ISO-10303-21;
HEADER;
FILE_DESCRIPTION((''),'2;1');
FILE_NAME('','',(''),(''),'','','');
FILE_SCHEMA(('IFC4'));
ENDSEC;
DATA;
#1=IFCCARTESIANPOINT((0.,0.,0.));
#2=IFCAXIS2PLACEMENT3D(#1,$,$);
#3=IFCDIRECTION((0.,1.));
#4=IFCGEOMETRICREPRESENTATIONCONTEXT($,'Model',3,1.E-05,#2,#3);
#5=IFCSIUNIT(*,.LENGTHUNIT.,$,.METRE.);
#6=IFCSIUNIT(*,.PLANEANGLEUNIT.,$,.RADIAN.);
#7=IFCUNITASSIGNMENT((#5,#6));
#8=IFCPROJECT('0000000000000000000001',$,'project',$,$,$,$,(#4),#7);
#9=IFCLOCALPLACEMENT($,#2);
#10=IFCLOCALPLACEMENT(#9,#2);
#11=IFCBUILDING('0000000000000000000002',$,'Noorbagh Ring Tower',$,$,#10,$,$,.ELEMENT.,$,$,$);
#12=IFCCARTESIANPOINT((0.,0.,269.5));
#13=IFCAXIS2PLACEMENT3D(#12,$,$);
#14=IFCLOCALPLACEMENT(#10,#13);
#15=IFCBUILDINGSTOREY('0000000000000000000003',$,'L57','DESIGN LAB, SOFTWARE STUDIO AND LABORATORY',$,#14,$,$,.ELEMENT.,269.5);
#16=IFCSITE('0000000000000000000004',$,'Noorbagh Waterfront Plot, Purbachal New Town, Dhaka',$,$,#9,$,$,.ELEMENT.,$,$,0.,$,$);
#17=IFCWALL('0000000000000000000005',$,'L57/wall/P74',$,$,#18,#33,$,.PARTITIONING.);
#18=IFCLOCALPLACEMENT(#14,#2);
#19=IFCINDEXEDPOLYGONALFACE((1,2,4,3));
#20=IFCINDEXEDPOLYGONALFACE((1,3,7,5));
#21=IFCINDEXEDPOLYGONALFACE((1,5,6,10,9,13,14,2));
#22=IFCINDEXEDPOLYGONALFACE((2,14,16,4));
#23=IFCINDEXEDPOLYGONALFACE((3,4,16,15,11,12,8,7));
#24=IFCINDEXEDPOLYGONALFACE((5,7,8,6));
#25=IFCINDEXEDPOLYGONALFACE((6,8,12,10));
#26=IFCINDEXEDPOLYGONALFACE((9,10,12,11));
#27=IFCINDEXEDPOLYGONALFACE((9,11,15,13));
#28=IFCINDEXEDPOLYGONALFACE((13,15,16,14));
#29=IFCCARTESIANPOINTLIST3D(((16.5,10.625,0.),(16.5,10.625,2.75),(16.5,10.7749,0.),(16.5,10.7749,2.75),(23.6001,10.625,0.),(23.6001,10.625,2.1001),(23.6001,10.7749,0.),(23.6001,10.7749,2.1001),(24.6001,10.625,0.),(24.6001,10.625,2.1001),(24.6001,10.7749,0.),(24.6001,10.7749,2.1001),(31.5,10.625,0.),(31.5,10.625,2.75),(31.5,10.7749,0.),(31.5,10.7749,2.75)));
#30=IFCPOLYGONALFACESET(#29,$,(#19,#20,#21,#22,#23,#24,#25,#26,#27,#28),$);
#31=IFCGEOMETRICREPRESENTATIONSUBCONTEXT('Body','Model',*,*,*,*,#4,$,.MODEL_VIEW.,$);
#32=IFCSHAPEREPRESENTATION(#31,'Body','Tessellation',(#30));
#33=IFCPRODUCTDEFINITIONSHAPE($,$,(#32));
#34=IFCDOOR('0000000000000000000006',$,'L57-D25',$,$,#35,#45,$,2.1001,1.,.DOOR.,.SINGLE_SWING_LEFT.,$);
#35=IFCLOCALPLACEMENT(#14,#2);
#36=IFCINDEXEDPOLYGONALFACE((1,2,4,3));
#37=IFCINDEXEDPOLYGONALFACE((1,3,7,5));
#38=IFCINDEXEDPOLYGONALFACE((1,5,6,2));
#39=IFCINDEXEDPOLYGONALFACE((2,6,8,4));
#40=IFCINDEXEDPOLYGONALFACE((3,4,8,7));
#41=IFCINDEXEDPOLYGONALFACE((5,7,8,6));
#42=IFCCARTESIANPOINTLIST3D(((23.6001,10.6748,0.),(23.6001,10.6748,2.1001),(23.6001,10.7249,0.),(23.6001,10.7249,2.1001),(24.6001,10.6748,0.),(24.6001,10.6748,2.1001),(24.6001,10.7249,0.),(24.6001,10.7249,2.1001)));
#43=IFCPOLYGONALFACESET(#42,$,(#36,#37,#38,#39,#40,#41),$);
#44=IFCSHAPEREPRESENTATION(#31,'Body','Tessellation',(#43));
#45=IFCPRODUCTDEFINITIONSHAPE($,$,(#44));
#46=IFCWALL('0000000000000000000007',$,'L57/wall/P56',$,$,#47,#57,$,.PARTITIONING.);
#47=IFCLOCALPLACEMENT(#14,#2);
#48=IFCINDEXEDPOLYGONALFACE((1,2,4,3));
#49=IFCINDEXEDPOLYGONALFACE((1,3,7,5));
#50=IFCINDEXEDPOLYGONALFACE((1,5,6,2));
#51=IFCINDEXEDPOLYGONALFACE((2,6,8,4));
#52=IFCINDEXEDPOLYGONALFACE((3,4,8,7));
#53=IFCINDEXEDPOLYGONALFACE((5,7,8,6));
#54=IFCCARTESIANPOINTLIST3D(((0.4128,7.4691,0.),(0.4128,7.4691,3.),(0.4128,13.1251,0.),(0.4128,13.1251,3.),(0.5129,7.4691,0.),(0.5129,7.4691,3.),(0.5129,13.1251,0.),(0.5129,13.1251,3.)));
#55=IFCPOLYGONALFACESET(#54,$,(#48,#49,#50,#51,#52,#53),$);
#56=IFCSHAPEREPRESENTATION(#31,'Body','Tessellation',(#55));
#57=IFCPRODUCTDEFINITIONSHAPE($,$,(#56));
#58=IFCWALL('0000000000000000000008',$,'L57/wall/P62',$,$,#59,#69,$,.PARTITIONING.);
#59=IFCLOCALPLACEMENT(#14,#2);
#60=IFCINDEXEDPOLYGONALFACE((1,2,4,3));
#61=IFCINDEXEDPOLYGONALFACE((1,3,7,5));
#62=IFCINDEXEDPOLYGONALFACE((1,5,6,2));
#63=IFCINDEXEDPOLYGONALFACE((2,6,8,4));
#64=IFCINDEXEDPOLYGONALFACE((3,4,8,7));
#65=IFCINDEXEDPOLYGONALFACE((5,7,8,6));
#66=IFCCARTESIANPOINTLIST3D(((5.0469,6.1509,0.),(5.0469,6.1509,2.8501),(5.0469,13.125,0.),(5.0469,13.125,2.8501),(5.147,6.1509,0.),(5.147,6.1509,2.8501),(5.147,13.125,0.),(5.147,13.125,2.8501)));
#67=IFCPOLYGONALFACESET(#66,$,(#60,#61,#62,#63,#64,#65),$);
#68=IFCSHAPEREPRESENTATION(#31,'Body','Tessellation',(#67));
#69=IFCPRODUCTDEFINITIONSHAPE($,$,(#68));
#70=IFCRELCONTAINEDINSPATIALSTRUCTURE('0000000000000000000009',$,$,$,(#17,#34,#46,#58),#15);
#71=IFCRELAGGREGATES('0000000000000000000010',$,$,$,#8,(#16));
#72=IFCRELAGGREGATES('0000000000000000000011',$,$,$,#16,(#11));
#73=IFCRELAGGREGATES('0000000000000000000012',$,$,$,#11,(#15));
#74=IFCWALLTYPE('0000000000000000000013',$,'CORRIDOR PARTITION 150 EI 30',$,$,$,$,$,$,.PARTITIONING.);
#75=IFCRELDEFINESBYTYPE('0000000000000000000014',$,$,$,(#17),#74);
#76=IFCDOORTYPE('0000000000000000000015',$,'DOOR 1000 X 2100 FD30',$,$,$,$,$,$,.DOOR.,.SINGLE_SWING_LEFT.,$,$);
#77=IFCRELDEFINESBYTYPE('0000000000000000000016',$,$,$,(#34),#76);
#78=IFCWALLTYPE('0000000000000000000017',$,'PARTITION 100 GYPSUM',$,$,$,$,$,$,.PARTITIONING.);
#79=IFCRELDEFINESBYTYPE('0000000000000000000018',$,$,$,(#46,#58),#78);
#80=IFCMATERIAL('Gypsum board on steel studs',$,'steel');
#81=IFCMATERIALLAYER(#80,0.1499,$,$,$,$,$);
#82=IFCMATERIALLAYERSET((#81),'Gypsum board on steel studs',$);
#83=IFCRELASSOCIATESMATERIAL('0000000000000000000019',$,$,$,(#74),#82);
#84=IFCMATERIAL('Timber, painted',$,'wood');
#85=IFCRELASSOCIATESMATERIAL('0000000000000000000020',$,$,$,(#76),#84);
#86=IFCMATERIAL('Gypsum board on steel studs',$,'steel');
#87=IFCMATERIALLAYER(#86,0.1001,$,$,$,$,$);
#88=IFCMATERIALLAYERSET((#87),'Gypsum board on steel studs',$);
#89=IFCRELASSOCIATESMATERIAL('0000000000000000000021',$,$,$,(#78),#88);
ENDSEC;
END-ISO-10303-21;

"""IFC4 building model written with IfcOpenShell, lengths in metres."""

from ifc_helpers import new_model, si_unit, direction, frame, frame_2d, origin, place, context, subcontext, project, spatial, rectangle, extrude, material, layer, layer_set, type_object, element, fill, save


model = new_model("IFC4")

# Units and contexts
model_context = context("Model", 3, precision=1e-05, world=origin(), true_north=direction((0.0, 1.0)))
body_context = subcontext(model_context, "Body", "Model", "MODEL_VIEW")
ifc_project = project(units=[si_unit("LENGTHUNIT", "METRE"), si_unit("PLANEANGLEUNIT", "RADIAN")], contexts=[model_context])

# Site, building, storey
site_placement = place(None, origin())
site = spatial("IfcSite", under=ifc_project, at=site_placement, Name="Noorbagh Waterfront Plot, Purbachal New Town, Dhaka", CompositionType="ELEMENT", RefElevation=0.0)
building_placement = place(site_placement, origin())
building = spatial("IfcBuilding", under=site, at=building_placement, Name="Noorbagh Ring Tower", CompositionType="ELEMENT")
storey_placement = place(building_placement, frame((0.0, 0.0, 269.5)))
storey = spatial("IfcBuildingStorey", under=building, at=storey_placement, Name="L57", Description="DESIGN LAB, SOFTWARE STUDIO AND LABORATORY", CompositionType="ELEMENT", Elevation=269.5)

# Shared definitions
ifc_material_1 = material(Name="Gypsum board on steel studs", Category="steel")
ifc_layer_1 = layer(ifc_material_1, 0.1499)
ifc_layer_set_1 = layer_set([ifc_layer_1], Name="Gypsum board on steel studs")
wall_type_1 = type_object("IfcWallType", Name="CORRIDOR PARTITION 150 EI 30", PredefinedType="PARTITIONING", material=ifc_layer_set_1)

# Wall, opening, door
wall_1_placement = place(storey_placement, frame((16.5, 10.7, 0.0), z_axis=(0.0, 0.0, 1.0), x_axis=(1.0, 0.0, 0.0)))
wall_1 = element("IfcWall", 1, at=wall_1_placement, inside=storey, type_object=wall_type_1, Name="L57/wall/P74", PredefinedType="PARTITIONING", context=body_context, shape_type="SweptSolid", body=[
    extrude(rectangle(XDim=15.0, YDim=0.1499, at=frame_2d((7.5, 0.0))), origin(), (0.0, 0.0, 1.0), 2.75),
])
opening_1_placement = place(wall_1_placement, frame((7.1001, 0.0, 0.0)))
opening_1 = element("IfcOpeningElement", 2, at=opening_1_placement, cuts=wall_1, PredefinedType="OPENING", context=body_context, shape_type="SweptSolid", body=[
    extrude(rectangle(XDim=1.0, YDim=2.1001, at=frame_2d((0.5, 1.05))), frame((0.0, 0.085, 0.0), z_axis=(0.0, -1.0, 0.0), x_axis=(1.0, 0.0, 0.0)), (0.0, 0.0, 1.0), 0.1699),
])
ifc_material_2 = material(Name="Timber, painted", Category="wood")
door_type_1 = type_object("IfcDoorType", Name="DOOR 1000 X 2100 FD30", OperationType="SINGLE_SWING_LEFT", PredefinedType="DOOR", material=ifc_material_2)
door_1_placement = place(opening_1_placement, origin())
door_1 = element("IfcDoor", 3, at=door_1_placement, inside=storey, type_object=door_type_1, Name="L57-D25", OperationType="SINGLE_SWING_LEFT", OverallHeight=2.1001, OverallWidth=1.0, PredefinedType="DOOR", context=body_context, shape_type="SweptSolid", body=[
    extrude(rectangle(XDim=1.0, YDim=2.1001, at=frame_2d((0.5, 1.05))), frame((0.0, 0.0249, 0.0), z_axis=(0.0, -1.0, 0.0), x_axis=(1.0, 0.0, 0.0)), (0.0, 0.0, 1.0), 0.05),
])
fill(opening_1, door_1)

# Walls
ifc_material_3 = material(Name="Gypsum board on steel studs", Category="steel")
ifc_layer_2 = layer(ifc_material_3, 0.1001)
ifc_layer_set_2 = layer_set([ifc_layer_2], Name="Gypsum board on steel studs")
wall_type_2 = type_object("IfcWallType", Name="PARTITION 100 GYPSUM", PredefinedType="PARTITIONING", material=ifc_layer_set_2)
wall_2_placement = place(storey_placement, frame((0.4629, 7.469, 0.0), z_axis=(0.0, 0.0, 1.0), x_axis=(0.0, 1.0, 0.0)))
element("IfcWall", 4, at=wall_2_placement, inside=storey, type_object=wall_type_2, Name="L57/wall/P56", PredefinedType="PARTITIONING", context=body_context, shape_type="SweptSolid", body=[
    extrude(rectangle(XDim=5.656, YDim=0.1001, at=frame_2d((2.8281, 0.0))), origin(), (0.0, 0.0, 1.0), 3.0),
])
wall_3_placement = place(storey_placement, frame((5.0969, 6.1509, 0.0), z_axis=(0.0, 0.0, 1.0), x_axis=(0.0, 1.0, 0.0)))
element("IfcWall", 5, at=wall_3_placement, inside=storey, type_object=wall_type_2, Name="L57/wall/P62", PredefinedType="PARTITIONING", context=body_context, shape_type="SweptSolid", body=[
    extrude(rectangle(XDim=6.9741, YDim=0.1001, at=frame_2d((3.4871, 0.0))), origin(), (0.0, 0.0, 1.0), 2.8501),
])

save(model, "model.ifc")
